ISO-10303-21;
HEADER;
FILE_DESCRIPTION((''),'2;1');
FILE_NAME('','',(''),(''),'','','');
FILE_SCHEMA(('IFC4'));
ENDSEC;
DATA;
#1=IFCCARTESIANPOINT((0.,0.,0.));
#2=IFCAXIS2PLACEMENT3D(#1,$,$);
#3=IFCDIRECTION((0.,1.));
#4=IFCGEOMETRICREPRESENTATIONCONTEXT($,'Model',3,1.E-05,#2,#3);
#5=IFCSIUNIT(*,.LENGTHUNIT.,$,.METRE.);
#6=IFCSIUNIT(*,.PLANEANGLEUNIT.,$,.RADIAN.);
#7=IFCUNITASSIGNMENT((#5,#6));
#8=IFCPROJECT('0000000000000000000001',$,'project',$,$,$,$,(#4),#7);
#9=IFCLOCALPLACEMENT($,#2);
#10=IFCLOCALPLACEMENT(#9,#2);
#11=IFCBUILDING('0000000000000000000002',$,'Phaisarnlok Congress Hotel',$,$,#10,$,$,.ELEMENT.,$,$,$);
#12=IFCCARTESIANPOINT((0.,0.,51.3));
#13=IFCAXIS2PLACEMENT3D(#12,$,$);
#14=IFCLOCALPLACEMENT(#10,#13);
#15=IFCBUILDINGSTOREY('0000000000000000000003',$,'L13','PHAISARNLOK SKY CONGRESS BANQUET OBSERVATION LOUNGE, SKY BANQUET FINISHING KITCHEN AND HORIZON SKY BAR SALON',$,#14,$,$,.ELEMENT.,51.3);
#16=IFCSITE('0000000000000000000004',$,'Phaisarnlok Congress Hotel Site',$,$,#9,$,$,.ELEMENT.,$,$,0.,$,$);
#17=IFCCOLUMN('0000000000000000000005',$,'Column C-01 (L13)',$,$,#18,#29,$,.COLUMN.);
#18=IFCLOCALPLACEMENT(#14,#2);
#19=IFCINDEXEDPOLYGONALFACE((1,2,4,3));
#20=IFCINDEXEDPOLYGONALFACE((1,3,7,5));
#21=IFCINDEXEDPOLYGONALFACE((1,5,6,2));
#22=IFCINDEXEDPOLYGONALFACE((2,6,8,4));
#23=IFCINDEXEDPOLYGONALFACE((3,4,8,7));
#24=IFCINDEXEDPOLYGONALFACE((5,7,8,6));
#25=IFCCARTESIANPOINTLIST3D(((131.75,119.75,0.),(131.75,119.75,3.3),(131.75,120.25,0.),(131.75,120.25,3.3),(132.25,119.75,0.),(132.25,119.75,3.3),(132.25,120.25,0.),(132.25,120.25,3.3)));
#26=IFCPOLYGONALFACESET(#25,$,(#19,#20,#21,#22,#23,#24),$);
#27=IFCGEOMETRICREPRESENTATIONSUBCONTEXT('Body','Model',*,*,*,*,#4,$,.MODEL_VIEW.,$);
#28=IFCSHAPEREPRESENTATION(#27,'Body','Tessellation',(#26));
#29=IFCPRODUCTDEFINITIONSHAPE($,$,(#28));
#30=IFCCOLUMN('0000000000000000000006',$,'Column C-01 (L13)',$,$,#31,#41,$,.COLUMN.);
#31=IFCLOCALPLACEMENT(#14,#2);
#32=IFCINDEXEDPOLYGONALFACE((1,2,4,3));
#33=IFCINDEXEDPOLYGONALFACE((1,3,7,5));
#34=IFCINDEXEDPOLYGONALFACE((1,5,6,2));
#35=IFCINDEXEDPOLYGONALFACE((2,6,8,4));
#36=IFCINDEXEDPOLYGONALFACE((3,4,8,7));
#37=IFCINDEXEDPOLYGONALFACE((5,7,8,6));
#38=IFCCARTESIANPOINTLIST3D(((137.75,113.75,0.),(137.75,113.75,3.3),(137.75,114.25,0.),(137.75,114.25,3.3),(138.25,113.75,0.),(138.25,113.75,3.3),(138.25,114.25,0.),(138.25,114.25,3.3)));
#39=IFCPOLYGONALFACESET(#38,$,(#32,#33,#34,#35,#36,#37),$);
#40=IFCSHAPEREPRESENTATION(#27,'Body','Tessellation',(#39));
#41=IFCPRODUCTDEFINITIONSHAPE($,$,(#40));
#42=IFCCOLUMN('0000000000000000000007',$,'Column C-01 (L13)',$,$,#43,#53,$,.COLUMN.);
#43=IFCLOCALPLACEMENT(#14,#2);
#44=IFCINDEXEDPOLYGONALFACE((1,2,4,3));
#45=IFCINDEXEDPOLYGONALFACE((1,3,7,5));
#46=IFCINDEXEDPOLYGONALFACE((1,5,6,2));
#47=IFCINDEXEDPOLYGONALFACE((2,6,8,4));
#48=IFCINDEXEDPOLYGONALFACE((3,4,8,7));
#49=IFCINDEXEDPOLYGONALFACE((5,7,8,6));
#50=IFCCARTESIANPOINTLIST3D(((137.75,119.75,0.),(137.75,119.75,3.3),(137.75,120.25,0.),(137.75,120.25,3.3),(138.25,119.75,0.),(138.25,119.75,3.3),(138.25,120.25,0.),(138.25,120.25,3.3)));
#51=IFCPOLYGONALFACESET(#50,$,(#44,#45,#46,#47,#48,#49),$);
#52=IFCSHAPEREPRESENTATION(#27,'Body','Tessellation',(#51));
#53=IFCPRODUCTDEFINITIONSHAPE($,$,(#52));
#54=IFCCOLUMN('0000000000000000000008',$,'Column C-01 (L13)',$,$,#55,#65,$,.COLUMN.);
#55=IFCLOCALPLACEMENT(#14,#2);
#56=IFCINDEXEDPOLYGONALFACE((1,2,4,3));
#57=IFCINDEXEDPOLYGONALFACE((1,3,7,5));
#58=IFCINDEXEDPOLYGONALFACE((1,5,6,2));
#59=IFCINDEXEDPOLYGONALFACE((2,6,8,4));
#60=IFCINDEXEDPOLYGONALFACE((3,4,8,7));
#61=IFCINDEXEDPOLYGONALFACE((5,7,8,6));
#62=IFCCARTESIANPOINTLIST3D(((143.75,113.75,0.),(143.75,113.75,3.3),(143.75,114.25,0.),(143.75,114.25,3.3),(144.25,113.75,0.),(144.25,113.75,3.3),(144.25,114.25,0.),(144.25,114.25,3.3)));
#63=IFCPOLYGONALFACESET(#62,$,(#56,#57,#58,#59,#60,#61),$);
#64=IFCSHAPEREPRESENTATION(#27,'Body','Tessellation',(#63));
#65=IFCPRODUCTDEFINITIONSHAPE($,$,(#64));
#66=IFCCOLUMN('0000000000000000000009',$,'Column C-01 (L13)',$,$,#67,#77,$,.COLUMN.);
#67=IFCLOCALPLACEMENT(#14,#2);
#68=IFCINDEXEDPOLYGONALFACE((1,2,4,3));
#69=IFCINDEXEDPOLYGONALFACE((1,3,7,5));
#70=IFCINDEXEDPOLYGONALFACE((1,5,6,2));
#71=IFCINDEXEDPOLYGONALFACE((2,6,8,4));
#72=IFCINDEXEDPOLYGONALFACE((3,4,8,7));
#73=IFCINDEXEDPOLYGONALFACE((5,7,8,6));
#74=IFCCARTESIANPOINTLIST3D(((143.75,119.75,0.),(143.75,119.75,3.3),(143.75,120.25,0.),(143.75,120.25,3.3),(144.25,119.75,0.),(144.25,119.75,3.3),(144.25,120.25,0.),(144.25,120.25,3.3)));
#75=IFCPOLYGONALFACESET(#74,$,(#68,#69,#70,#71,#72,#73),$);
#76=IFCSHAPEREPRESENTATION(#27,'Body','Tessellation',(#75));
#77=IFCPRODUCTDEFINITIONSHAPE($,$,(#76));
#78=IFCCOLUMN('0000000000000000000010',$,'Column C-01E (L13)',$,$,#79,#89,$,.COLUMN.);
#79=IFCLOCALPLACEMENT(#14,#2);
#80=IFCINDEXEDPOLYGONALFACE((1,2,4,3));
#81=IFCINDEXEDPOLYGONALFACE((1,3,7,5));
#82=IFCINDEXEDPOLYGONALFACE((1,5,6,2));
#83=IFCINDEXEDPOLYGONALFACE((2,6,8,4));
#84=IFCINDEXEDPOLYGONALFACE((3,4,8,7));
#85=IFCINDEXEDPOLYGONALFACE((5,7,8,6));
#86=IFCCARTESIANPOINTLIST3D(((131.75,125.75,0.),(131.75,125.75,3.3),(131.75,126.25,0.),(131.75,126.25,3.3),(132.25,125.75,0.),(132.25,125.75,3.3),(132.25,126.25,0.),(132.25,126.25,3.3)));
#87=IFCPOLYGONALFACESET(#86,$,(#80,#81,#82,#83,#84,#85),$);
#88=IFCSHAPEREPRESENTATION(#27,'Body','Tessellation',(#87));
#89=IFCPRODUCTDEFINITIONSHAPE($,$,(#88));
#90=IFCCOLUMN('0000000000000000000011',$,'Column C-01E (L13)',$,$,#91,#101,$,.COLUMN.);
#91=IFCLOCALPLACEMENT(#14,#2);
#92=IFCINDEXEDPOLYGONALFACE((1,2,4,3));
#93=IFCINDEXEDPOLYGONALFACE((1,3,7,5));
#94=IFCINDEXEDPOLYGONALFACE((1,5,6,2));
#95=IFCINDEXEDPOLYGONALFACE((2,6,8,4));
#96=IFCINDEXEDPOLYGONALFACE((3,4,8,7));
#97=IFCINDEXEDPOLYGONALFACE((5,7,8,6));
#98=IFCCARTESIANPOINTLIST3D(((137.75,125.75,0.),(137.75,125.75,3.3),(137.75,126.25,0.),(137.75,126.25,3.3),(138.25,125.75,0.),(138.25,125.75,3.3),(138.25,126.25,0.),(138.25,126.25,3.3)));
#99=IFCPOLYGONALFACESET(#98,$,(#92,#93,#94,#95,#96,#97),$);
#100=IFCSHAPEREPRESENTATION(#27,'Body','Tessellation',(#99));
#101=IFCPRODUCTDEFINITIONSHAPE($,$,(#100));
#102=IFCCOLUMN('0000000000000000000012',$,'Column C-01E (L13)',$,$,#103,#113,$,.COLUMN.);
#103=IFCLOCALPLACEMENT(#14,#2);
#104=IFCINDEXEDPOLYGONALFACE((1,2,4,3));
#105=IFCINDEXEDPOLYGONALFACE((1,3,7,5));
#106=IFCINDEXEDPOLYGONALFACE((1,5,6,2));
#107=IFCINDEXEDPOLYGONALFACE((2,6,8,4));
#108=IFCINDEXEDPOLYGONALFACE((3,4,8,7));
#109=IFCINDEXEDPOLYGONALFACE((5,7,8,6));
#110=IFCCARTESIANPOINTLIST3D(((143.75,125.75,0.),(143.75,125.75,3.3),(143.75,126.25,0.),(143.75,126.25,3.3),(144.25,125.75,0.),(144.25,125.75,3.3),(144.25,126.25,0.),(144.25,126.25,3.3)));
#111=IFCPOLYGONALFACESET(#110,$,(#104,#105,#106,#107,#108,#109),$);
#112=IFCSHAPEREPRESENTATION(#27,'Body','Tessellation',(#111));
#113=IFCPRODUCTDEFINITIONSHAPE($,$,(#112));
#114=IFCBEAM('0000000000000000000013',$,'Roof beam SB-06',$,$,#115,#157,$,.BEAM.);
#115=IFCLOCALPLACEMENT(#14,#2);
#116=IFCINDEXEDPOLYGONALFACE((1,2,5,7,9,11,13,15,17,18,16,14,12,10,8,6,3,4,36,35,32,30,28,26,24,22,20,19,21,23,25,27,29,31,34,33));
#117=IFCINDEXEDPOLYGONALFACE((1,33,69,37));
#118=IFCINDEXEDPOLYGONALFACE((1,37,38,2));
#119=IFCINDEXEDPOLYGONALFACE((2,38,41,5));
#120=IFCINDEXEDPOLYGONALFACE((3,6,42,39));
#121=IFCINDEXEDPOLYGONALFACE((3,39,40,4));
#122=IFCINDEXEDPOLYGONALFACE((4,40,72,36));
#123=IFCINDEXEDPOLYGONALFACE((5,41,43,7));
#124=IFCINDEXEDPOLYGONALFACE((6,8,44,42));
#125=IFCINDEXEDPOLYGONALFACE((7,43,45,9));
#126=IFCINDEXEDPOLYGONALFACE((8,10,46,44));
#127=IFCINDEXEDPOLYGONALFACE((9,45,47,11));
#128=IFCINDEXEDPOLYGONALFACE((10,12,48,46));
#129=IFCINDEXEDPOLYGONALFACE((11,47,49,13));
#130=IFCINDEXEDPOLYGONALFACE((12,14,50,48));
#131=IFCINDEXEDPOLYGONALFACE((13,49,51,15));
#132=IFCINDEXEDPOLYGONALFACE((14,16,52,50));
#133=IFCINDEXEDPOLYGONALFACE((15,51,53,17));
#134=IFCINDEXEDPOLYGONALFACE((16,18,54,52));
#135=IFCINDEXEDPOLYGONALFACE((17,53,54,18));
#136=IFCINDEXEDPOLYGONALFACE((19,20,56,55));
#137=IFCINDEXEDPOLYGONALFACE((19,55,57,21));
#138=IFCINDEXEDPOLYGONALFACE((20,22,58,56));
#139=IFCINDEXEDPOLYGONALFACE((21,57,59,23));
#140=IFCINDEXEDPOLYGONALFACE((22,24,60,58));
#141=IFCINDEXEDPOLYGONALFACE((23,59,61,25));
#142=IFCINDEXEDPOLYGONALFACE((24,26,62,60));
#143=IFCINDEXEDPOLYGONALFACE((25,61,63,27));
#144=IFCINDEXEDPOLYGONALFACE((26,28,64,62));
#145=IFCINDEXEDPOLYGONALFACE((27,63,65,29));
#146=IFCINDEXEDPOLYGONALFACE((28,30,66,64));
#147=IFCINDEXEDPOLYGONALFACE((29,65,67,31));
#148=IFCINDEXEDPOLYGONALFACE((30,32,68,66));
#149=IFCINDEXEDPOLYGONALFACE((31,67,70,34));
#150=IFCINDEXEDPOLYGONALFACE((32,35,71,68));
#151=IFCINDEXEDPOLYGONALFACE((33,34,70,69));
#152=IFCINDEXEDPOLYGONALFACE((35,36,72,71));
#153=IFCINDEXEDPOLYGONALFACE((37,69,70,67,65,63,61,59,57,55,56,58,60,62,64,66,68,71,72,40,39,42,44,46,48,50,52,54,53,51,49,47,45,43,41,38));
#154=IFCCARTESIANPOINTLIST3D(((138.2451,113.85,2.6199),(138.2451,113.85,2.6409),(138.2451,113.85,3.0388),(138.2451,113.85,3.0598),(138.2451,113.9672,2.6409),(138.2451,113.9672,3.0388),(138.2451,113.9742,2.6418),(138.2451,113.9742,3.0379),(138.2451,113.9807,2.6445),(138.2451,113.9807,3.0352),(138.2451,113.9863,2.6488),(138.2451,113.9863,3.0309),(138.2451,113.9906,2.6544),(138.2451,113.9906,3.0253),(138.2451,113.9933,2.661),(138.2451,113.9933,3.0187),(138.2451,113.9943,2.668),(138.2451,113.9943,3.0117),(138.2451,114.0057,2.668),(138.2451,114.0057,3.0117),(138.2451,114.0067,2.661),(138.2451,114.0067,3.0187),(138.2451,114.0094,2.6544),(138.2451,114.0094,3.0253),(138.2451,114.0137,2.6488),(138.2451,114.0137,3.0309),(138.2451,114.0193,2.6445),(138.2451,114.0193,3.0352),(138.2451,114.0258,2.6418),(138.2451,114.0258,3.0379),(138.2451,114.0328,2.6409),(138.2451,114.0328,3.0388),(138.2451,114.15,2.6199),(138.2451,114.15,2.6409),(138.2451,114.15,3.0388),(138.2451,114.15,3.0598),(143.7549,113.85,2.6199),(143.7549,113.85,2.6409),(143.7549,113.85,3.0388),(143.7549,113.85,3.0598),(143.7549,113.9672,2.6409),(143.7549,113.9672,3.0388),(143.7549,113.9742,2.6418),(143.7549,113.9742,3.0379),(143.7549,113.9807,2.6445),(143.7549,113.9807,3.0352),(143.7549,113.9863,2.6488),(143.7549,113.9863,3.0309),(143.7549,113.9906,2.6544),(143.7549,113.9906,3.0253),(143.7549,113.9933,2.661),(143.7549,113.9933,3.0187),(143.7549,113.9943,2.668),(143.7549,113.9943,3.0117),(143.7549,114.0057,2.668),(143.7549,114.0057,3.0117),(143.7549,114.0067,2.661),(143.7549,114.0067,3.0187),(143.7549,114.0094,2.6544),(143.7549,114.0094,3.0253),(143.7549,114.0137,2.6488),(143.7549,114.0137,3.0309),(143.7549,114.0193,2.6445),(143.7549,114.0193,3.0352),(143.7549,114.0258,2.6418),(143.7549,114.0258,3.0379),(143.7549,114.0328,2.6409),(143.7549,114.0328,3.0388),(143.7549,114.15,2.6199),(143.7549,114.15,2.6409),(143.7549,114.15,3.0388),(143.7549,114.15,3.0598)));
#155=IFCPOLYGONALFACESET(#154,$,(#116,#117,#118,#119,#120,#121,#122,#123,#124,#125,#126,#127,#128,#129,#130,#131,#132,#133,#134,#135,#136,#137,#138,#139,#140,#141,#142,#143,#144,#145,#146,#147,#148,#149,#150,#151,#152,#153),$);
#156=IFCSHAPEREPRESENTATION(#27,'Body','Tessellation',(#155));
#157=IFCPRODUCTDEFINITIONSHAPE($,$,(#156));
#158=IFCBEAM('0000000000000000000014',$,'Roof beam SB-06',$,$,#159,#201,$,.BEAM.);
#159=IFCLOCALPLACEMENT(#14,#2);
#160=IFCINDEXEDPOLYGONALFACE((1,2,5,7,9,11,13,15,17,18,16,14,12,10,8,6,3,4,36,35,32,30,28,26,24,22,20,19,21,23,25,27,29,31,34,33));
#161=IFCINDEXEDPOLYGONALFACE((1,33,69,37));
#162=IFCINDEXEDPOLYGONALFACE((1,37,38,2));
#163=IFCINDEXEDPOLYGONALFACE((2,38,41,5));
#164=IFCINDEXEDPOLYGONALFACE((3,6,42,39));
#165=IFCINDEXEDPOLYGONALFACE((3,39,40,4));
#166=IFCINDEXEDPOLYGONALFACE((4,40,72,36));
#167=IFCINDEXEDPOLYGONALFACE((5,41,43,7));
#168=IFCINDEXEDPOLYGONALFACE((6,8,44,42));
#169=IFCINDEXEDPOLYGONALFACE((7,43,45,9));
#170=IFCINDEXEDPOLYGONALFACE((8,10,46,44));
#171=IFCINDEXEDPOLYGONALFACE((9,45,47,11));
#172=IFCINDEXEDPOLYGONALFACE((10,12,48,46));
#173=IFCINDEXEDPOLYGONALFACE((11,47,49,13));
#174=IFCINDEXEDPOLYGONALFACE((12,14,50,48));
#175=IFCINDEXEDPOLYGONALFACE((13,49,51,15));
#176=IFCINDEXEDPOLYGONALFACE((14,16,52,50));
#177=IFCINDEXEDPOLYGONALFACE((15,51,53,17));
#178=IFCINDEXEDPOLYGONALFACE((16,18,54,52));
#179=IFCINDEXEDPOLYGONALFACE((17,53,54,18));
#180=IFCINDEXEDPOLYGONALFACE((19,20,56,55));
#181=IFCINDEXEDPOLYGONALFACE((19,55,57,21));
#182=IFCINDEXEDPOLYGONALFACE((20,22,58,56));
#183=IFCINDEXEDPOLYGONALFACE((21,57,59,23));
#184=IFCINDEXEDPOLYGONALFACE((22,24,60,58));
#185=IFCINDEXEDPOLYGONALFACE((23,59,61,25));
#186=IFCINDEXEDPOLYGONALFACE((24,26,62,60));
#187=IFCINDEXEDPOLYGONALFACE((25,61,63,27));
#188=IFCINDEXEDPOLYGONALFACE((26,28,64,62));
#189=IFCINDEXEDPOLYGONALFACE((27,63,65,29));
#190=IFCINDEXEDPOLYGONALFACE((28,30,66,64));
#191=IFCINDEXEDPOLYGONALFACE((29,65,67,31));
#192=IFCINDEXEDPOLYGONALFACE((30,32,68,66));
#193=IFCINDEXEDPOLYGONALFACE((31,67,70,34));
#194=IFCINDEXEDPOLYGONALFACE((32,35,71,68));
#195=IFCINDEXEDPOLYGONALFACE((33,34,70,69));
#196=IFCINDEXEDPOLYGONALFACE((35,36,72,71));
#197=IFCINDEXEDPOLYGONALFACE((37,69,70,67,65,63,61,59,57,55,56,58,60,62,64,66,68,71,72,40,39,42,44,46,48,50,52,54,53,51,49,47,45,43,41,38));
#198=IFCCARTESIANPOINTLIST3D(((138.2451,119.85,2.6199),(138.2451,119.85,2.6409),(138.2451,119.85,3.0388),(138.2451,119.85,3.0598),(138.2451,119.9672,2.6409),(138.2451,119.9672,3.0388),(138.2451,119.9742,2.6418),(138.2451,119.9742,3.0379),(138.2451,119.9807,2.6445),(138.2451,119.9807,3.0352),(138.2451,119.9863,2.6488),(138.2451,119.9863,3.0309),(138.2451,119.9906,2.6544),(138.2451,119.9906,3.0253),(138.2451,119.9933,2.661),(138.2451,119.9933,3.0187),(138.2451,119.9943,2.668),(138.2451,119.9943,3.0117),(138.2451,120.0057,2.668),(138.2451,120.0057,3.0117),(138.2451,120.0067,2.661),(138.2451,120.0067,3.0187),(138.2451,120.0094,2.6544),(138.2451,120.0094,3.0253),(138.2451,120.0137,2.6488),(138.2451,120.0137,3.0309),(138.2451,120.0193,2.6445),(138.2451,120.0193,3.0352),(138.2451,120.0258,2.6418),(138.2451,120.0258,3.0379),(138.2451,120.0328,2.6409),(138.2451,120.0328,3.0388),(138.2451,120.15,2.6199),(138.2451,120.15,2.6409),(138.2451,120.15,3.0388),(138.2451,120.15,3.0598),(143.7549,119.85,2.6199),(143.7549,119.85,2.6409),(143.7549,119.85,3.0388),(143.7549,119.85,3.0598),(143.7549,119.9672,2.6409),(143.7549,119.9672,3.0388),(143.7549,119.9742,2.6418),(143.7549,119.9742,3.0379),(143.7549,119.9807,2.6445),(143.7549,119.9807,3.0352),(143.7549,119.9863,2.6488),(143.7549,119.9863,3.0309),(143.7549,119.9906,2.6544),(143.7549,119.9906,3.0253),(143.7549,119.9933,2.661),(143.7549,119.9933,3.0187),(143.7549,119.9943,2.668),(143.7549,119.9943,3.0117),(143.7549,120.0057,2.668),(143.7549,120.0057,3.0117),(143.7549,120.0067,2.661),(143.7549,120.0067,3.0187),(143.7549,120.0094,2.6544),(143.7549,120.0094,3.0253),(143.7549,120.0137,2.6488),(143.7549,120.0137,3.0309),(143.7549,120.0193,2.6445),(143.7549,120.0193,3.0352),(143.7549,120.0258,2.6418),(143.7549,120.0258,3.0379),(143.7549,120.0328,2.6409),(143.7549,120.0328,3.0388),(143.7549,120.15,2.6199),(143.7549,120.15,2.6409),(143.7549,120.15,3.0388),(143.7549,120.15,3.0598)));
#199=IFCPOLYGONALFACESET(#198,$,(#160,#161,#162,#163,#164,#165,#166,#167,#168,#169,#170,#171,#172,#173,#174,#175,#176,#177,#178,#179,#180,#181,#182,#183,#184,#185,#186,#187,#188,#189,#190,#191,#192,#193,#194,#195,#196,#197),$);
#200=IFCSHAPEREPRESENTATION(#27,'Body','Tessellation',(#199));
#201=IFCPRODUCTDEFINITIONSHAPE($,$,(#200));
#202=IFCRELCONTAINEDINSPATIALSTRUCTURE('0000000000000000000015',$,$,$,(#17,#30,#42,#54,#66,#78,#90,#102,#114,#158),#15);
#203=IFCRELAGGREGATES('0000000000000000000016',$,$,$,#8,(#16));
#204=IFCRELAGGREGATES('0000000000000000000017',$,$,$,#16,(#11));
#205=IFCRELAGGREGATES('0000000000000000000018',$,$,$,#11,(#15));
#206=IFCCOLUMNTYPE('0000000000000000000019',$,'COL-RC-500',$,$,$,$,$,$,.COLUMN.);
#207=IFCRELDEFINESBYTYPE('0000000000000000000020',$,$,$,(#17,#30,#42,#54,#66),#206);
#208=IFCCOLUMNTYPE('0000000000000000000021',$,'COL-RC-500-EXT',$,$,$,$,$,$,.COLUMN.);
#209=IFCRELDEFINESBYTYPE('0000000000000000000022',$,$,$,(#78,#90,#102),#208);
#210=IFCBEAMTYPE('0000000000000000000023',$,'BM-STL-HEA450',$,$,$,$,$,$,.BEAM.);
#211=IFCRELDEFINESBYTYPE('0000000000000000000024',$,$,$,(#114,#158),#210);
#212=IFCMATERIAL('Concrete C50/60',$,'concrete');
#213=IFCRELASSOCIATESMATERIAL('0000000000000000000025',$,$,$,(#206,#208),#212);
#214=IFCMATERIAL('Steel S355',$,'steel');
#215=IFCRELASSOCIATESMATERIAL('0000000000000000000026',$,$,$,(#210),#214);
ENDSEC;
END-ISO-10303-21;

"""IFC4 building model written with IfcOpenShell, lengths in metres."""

from ifc_helpers import new_model, si_unit, direction, frame, origin, origin_2d, place, context, subcontext, project, spatial, rectangle, i_section, extrude, material, material_profile, profile_set, type_object, element, save


model = new_model("IFC4")

# Units and contexts
model_context = context("Model", 3, precision=1e-05, world=origin(), true_north=direction((0.0, 1.0)))
body_context = subcontext(model_context, "Body", "Model", "MODEL_VIEW")
ifc_project = project(units=[si_unit("LENGTHUNIT", "METRE"), si_unit("PLANEANGLEUNIT", "RADIAN")], contexts=[model_context])

# Site, building, storey
site_placement = place(None, origin())
site = spatial("IfcSite", under=ifc_project, at=site_placement, Name="Phaisarnlok Congress Hotel Site", CompositionType="ELEMENT", RefElevation=0.0)
building_placement = place(site_placement, origin())
building = spatial("IfcBuilding", under=site, at=building_placement, Name="Phaisarnlok Congress Hotel", CompositionType="ELEMENT")
storey_placement = place(building_placement, frame((0.0, 0.0, 51.3)))
storey = spatial("IfcBuildingStorey", under=building, at=storey_placement, Name="L13", Description="PHAISARNLOK SKY CONGRESS BANQUET OBSERVATION LOUNGE, SKY BANQUET FINISHING KITCHEN AND HORIZON SKY BAR SALON", CompositionType="ELEMENT", Elevation=51.3)

# Columns
ifc_material_1 = material(Name="Concrete C50/60", Category="concrete")
ifc_material_profile_1 = material_profile(ifc_material_1, rectangle(XDim=0.5, YDim=0.5, at=origin_2d()), Name="RC 500x500")
ifc_profile_set_1 = profile_set([ifc_material_profile_1], Name="Concrete C50/60")
column_type_1 = type_object("IfcColumnType", Name="COL-RC-500", PredefinedType="COLUMN", material=ifc_profile_set_1)
for number, where, z_axis, x_axis, name in (
    (1, (132.0, 120.0, 0.0), (0.0, 0.0, 1.0), (1.0, 0.0, 0.0), "Column C-01 (L13)"),
    (2, (138.0, 114.0, 0.0), (0.0, 0.0, 1.0), (1.0, 0.0, 0.0), "Column C-01 (L13)"),
    (3, (138.0, 120.0, 0.0), (0.0, 0.0, 1.0), (1.0, 0.0, 0.0), "Column C-01 (L13)"),
    (4, (144.0, 114.0, 0.0), (0.0, 0.0, 1.0), (1.0, 0.0, 0.0), "Column C-01 (L13)"),
    (5, (144.0, 120.0, 0.0), (0.0, 0.0, 1.0), (1.0, 0.0, 0.0), "Column C-01 (L13)"),
):
    element("IfcColumn", number, at=place(storey_placement, frame(where, z_axis=z_axis, x_axis=x_axis)), inside=storey, type_object=column_type_1, Name=name, PredefinedType="COLUMN", context=body_context, shape_type="SweptSolid", body=[
        extrude(rectangle(XDim=0.5, YDim=0.5, at=origin_2d()), origin(), (0.0, 0.0, 1.0), 3.3),
    ])
ifc_material_profile_2 = material_profile(ifc_material_1, rectangle(XDim=0.5, YDim=0.5, at=origin_2d()), Name="RC 500x500")
ifc_profile_set_2 = profile_set([ifc_material_profile_2], Name="Concrete C50/60")
column_type_2 = type_object("IfcColumnType", Name="COL-RC-500-EXT", PredefinedType="COLUMN", material=ifc_profile_set_2)
for number, where, z_axis, x_axis, name in (
    (6, (132.0, 126.0, 0.0), (0.0, 0.0, 1.0), (1.0, 0.0, 0.0), "Column C-01E (L13)"),
    (7, (138.0, 126.0, 0.0), (0.0, 0.0, 1.0), (1.0, 0.0, 0.0), "Column C-01E (L13)"),
    (8, (144.0, 126.0, 0.0), (0.0, 0.0, 1.0), (1.0, 0.0, 0.0), "Column C-01E (L13)"),
):
    element("IfcColumn", number, at=place(storey_placement, frame(where, z_axis=z_axis, x_axis=x_axis)), inside=storey, type_object=column_type_2, Name=name, PredefinedType="COLUMN", context=body_context, shape_type="SweptSolid", body=[
        extrude(rectangle(XDim=0.5, YDim=0.5, at=origin_2d()), origin(), (0.0, 0.0, 1.0), 3.3),
    ])

# Beams
ifc_material_2 = material(Name="Steel S355", Category="steel")
ifc_material_profile_3 = material_profile(ifc_material_2, i_section(OverallWidth=0.3, OverallDepth=0.4399, WebThickness=0.0115, FlangeThickness=0.021, FilletRadius=0.0271, at=origin_2d()), Name="HEA 450")
ifc_profile_set_3 = profile_set([ifc_material_profile_3], Name="Steel S355")
beam_type_1 = type_object("IfcBeamType", Name="BM-STL-HEA450", PredefinedType="BEAM", material=ifc_profile_set_3)
for number, where, z_axis, x_axis, name in (
    (9, (138.2451, 114.0, 2.8398), (1.0, 0.0, 0.0), (0.0, 1.0, 0.0), "Roof beam SB-06"),
    (10, (138.2451, 120.0, 2.8398), (1.0, 0.0, 0.0), (0.0, 1.0, 0.0), "Roof beam SB-06"),
):
    element("IfcBeam", number, at=place(storey_placement, frame(where, z_axis=z_axis, x_axis=x_axis)), inside=storey, type_object=beam_type_1, Name=name, PredefinedType="BEAM", context=body_context, shape_type="SweptSolid", body=[
        extrude(i_section(OverallWidth=0.3, OverallDepth=0.4399, WebThickness=0.0115, FlangeThickness=0.021, FilletRadius=0.0271, at=origin_2d()), origin(), (0.0, 0.0, 1.0), 5.5098),
    ])

save(model, "model.ifc")
